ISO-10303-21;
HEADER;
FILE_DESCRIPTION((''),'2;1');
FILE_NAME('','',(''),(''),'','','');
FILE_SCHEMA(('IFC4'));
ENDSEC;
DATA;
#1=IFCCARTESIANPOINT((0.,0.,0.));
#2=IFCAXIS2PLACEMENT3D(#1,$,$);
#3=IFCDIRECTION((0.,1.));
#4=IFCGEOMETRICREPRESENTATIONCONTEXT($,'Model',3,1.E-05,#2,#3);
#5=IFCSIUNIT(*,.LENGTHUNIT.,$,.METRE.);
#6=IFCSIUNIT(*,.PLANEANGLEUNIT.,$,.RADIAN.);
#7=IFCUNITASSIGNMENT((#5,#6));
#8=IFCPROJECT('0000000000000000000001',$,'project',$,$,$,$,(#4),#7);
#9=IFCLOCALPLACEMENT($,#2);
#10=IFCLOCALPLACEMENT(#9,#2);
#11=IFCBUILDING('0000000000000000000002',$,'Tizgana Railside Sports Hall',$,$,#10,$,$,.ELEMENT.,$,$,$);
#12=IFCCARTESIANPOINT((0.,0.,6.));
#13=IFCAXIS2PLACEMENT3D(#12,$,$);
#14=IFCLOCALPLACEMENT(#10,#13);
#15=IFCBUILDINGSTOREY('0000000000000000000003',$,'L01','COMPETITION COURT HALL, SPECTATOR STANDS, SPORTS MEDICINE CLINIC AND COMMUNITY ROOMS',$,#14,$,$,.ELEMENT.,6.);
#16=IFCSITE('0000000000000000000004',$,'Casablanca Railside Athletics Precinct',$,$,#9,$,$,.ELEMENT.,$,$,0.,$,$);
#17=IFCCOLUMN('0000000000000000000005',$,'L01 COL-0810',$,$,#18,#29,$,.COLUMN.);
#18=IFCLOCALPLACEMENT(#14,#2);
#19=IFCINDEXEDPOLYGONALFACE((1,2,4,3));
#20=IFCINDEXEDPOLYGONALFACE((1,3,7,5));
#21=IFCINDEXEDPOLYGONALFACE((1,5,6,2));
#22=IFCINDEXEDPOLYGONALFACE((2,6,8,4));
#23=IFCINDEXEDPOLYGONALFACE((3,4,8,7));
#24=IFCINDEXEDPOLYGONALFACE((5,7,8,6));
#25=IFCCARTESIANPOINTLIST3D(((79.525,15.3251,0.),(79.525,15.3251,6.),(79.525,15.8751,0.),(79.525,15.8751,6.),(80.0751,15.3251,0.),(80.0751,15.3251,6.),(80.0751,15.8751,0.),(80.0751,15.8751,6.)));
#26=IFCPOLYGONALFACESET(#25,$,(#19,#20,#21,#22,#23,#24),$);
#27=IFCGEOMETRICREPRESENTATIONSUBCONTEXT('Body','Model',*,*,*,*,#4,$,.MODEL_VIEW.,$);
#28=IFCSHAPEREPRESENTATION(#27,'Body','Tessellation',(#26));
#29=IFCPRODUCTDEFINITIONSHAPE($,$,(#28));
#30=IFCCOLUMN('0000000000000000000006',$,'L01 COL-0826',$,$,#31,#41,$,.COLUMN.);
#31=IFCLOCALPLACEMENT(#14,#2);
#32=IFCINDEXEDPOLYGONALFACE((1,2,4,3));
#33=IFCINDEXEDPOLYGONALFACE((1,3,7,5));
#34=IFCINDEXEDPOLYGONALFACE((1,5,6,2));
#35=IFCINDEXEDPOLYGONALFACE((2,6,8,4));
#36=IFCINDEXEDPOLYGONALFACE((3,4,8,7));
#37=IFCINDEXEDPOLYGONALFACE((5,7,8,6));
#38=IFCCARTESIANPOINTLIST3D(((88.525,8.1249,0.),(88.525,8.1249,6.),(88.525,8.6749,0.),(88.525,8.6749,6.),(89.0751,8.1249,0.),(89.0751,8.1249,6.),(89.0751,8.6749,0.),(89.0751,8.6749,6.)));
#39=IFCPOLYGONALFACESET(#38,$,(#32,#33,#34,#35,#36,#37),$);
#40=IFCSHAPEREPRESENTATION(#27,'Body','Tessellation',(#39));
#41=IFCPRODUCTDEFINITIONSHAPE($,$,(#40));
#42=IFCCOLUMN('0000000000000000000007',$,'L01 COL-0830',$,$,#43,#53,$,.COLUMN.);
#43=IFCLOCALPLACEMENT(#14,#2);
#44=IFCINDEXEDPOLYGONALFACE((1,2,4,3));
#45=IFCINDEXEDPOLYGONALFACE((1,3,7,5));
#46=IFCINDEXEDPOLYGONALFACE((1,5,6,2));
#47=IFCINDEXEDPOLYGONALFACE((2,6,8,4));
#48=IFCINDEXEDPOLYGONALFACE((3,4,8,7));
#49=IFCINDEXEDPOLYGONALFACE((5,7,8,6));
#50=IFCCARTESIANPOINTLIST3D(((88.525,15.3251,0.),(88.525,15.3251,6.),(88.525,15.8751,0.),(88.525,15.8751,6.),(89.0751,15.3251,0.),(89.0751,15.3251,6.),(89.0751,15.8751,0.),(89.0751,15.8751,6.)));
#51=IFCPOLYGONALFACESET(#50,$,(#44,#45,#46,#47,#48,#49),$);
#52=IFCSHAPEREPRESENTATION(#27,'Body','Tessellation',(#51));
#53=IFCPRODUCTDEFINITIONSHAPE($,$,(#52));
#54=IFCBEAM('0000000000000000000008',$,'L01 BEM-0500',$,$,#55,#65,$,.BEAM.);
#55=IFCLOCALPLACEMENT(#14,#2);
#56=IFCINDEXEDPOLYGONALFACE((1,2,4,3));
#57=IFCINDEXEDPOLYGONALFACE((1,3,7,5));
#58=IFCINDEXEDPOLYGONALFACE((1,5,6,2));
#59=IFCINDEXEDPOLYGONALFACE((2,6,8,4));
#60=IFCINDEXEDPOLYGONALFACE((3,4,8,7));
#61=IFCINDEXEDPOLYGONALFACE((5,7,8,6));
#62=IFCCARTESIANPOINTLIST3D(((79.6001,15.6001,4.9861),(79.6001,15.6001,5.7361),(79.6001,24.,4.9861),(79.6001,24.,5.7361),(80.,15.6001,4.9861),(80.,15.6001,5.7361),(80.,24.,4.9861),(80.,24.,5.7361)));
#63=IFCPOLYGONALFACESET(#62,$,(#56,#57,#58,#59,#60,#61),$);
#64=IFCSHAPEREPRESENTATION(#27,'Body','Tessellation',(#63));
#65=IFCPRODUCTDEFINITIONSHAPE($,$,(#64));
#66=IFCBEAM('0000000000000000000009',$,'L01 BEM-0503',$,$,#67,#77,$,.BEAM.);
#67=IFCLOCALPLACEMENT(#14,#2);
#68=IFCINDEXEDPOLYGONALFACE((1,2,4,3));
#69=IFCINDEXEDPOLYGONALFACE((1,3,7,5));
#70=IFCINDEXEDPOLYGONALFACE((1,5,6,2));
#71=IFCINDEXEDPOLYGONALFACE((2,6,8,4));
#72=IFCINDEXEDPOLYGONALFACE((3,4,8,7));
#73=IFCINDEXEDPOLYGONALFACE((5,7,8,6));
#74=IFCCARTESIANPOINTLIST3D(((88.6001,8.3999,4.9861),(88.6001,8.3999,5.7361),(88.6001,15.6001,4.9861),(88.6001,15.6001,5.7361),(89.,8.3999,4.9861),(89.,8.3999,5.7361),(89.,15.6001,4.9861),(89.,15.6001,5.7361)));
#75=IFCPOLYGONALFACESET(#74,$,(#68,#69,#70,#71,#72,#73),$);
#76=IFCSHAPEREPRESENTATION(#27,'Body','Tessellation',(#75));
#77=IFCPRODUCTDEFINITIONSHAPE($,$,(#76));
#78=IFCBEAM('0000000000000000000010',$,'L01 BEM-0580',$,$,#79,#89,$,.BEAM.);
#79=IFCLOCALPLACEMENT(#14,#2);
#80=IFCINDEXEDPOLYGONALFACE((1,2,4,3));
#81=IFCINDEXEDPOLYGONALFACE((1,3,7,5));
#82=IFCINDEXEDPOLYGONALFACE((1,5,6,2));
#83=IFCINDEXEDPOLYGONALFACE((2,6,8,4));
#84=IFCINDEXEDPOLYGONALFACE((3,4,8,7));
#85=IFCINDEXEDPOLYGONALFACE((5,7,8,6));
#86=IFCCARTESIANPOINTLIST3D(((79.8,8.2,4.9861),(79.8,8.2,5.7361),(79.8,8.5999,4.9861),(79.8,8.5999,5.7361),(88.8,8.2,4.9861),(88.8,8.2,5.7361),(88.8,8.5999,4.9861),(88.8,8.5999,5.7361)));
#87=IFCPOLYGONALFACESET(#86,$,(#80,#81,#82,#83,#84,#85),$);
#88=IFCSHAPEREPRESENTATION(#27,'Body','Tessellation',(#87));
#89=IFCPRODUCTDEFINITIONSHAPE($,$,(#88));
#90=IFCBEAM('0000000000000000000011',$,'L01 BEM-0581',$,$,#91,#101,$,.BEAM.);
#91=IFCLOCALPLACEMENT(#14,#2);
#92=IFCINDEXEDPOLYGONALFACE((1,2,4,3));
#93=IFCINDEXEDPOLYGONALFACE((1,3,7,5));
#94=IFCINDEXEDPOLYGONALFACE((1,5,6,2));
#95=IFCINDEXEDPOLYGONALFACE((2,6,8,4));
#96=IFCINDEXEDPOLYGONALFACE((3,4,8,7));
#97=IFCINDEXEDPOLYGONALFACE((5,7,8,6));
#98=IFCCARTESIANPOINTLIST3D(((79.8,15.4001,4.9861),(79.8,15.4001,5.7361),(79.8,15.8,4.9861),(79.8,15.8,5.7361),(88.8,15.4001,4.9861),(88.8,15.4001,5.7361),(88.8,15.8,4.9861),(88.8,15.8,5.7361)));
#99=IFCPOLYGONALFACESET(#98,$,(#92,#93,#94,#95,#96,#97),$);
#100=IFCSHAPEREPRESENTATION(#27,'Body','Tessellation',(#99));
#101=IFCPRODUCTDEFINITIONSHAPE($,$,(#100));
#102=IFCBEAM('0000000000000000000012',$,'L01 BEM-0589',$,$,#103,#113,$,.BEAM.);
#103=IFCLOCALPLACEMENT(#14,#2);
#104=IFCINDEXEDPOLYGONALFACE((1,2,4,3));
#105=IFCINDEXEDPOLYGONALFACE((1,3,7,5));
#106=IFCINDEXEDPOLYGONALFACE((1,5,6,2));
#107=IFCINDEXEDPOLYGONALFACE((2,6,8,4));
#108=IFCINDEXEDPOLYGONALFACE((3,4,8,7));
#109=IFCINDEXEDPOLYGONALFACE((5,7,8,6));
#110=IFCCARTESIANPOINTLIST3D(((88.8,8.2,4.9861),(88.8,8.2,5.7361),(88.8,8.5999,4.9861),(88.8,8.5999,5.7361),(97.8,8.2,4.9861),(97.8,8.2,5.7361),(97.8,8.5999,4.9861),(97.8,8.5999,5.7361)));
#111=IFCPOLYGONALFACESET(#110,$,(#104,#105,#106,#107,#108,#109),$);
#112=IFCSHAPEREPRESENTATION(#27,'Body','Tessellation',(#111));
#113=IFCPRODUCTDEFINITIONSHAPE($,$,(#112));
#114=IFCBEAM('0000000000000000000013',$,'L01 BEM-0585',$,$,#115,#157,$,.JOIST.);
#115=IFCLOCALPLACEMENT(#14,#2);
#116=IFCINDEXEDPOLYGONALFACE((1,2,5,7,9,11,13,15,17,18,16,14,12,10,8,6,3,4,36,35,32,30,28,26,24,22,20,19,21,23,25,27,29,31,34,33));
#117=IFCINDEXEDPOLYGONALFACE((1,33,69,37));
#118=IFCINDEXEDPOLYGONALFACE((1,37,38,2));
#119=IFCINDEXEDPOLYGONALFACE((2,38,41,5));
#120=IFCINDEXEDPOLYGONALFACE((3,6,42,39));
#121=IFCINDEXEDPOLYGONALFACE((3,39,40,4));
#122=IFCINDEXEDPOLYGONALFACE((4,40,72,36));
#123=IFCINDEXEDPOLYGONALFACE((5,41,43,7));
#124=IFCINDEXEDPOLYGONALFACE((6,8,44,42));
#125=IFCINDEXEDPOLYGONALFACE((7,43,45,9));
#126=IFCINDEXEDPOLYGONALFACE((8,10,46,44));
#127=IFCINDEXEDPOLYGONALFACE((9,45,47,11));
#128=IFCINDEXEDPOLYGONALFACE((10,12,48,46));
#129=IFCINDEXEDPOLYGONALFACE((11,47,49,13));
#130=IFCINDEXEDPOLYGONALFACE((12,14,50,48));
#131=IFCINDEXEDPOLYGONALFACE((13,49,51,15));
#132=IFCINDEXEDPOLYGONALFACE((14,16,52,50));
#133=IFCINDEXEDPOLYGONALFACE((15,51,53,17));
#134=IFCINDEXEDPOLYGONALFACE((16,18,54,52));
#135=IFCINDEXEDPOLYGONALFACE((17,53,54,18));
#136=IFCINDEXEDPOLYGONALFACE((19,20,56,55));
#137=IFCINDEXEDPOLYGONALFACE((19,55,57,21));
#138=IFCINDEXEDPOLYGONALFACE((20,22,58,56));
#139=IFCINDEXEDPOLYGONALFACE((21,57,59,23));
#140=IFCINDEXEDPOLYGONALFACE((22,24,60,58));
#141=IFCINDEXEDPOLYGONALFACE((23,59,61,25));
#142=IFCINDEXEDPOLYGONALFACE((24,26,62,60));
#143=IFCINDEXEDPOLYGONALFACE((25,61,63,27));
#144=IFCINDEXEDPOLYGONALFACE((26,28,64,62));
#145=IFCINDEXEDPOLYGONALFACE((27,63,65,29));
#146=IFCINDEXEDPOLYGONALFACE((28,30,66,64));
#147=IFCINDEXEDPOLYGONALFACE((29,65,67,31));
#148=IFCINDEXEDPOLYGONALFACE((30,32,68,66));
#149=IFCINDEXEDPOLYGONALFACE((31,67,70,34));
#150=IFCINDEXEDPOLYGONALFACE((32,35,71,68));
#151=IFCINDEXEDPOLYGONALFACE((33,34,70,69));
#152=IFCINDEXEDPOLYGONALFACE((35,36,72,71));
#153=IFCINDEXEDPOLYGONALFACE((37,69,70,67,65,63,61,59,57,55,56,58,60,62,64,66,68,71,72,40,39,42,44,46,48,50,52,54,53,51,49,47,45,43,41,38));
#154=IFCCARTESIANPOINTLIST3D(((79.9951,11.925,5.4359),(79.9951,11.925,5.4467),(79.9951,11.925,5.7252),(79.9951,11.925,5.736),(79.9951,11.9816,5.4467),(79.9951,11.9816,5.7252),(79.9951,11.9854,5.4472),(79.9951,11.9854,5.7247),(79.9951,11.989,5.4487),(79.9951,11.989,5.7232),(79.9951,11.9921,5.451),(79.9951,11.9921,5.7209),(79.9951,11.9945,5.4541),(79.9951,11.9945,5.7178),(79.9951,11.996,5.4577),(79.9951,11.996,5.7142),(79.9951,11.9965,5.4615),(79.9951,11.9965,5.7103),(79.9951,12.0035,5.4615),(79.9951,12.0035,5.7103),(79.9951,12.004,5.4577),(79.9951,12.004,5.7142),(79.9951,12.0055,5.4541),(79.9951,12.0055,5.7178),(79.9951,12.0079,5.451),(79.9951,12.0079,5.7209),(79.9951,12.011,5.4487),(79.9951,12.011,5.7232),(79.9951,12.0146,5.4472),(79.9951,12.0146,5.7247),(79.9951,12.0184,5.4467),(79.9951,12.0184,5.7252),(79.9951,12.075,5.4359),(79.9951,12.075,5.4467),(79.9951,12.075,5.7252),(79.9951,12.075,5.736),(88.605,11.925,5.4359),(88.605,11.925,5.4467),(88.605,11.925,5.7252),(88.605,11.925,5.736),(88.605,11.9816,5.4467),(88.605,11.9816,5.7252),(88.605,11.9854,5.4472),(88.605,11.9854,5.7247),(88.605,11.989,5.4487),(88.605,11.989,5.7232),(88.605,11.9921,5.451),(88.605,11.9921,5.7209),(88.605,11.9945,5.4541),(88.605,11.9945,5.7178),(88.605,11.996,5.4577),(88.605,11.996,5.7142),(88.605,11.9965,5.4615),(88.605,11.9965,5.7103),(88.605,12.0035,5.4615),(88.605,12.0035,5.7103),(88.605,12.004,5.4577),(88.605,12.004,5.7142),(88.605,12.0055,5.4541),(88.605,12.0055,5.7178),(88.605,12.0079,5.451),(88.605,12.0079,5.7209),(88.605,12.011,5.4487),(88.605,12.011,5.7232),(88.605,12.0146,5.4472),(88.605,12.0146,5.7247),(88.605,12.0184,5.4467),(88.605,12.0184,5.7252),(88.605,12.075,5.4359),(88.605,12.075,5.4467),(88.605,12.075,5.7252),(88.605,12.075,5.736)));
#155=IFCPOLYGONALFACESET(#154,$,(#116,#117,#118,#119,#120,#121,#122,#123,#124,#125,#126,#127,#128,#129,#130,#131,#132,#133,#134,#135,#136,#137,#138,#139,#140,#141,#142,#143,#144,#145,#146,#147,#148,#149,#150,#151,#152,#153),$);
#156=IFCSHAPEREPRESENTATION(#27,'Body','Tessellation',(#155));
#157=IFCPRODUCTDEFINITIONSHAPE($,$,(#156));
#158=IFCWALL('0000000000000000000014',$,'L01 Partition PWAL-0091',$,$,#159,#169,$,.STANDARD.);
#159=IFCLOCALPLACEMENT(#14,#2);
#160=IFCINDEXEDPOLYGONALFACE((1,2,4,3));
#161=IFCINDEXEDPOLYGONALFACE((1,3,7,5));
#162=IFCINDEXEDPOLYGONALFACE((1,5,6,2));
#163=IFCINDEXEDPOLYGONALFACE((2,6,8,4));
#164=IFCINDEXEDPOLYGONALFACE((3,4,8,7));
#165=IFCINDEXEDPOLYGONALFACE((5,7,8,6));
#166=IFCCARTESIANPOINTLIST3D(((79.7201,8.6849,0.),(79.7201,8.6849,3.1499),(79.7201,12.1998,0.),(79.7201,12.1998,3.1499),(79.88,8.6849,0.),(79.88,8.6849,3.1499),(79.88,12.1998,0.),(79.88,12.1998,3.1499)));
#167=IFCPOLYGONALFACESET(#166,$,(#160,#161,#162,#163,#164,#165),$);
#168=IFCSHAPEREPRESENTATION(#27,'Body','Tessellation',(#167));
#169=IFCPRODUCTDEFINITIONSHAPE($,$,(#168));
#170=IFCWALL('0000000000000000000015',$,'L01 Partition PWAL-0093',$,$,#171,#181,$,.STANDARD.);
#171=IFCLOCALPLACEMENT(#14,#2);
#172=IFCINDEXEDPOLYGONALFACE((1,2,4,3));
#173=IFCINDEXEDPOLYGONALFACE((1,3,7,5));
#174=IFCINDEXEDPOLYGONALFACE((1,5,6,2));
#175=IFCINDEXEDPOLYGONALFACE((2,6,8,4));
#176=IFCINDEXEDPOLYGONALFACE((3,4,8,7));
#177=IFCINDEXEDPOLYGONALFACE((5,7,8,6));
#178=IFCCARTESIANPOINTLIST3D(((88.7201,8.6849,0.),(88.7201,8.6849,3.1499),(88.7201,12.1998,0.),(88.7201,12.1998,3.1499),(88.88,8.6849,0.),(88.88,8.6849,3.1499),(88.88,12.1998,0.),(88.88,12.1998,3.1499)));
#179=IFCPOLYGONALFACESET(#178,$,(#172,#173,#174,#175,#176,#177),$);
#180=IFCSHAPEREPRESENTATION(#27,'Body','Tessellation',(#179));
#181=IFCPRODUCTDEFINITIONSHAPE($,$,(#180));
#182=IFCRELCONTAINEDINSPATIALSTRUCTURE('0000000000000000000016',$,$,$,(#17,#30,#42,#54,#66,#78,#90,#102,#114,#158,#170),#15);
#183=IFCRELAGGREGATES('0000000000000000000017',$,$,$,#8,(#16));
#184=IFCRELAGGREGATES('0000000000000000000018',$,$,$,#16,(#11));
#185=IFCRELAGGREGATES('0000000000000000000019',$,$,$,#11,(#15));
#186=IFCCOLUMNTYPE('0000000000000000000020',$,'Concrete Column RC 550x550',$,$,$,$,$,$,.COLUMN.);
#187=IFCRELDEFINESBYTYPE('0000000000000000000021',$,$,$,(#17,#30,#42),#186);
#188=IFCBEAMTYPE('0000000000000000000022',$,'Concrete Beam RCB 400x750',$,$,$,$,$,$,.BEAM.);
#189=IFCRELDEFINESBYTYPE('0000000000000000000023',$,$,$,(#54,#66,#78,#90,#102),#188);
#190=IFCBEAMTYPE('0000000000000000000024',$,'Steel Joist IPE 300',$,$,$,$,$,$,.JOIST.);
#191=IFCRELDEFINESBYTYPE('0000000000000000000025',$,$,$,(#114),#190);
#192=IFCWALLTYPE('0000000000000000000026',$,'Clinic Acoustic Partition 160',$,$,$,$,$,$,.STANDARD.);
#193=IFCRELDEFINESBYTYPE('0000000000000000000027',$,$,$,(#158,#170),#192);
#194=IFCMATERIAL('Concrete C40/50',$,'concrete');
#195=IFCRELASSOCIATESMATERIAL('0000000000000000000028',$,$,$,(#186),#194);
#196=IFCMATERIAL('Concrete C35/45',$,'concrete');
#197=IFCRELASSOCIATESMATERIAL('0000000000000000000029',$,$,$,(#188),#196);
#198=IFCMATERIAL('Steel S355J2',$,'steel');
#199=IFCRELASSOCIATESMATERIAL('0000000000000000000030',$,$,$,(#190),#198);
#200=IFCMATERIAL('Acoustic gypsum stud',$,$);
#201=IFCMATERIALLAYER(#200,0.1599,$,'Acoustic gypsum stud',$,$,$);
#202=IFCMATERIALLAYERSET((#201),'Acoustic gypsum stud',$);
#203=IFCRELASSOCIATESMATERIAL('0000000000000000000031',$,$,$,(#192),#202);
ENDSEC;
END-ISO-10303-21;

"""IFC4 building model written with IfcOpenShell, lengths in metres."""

from ifc_helpers import new_model, si_unit, direction, frame, frame_2d, origin, origin_2d, place, context, subcontext, project, spatial, rectangle, i_section, extrude, material, layer, layer_set, material_profile, profile_set, type_object, element, save


model = new_model("IFC4")

# Units and contexts
model_context = context("Model", 3, precision=1e-05, world=origin(), true_north=direction((0.0, 1.0)))
body_context = subcontext(model_context, "Body", "Model", "MODEL_VIEW")
ifc_project = project(units=[si_unit("LENGTHUNIT", "METRE"), si_unit("PLANEANGLEUNIT", "RADIAN")], contexts=[model_context])

# Site, building, storey
site_placement = place(None, origin())
site = spatial("IfcSite", under=ifc_project, at=site_placement, Name="Casablanca Railside Athletics Precinct", CompositionType="ELEMENT", RefElevation=0.0)
building_placement = place(site_placement, origin())
building = spatial("IfcBuilding", under=site, at=building_placement, Name="Tizgana Railside Sports Hall", CompositionType="ELEMENT")
storey_placement = place(building_placement, frame((0.0, 0.0, 6.0)))
storey = spatial("IfcBuildingStorey", under=building, at=storey_placement, Name="L01", Description="COMPETITION COURT HALL, SPECTATOR STANDS, SPORTS MEDICINE CLINIC AND COMMUNITY ROOMS", CompositionType="ELEMENT", Elevation=6.0)

# Columns
ifc_material_1 = material(Name="Concrete C40/50", Category="concrete")
ifc_material_profile_1 = material_profile(ifc_material_1, rectangle(XDim=0.55, YDim=0.55, at=origin_2d()), Name="RC 550x550")
ifc_profile_set_1 = profile_set([ifc_material_profile_1], Name="Concrete C40/50")
column_type = type_object("IfcColumnType", Name="Concrete Column RC 550x550", PredefinedType="COLUMN", material=ifc_profile_set_1)
for number, where, z_axis, x_axis, name in (
    (1, (79.8, 15.6001, 0.0), (0.0, 0.0, 1.0), (1.0, 0.0, 0.0), "L01 COL-0810"),
    (2, (88.8, 8.3999, 0.0), (0.0, 0.0, 1.0), (1.0, 0.0, 0.0), "L01 COL-0826"),
    (3, (88.8, 15.6001, 0.0), (0.0, 0.0, 1.0), (1.0, 0.0, 0.0), "L01 COL-0830"),
):
    element("IfcColumn", number, at=place(storey_placement, frame(where, z_axis=z_axis, x_axis=x_axis)), inside=storey, type_object=column_type, Name=name, PredefinedType="COLUMN", context=body_context, shape_type="SweptSolid", body=[
        extrude(rectangle(XDim=0.55, YDim=0.55, at=origin_2d()), origin(), (0.0, 0.0, 1.0), 6.0),
    ])

# Beams
ifc_material_2 = material(Name="Concrete C35/45", Category="concrete")
ifc_material_profile_2 = material_profile(ifc_material_2, rectangle(XDim=0.3999, YDim=0.75, at=origin_2d()), Name="RCB 400x750")
ifc_profile_set_2 = profile_set([ifc_material_profile_2], Name="Concrete C35/45")
beam_type_1 = type_object("IfcBeamType", Name="Concrete Beam RCB 400x750", PredefinedType="BEAM", material=ifc_profile_set_2)
beam_1_placement = place(storey_placement, frame((79.8, 15.6001, 5.3611), z_axis=(0.0, 1.0, 0.0), x_axis=(-1.0, 0.0, 0.0)))
element("IfcBeam", 4, at=beam_1_placement, inside=storey, type_object=beam_type_1, Name="L01 BEM-0500", PredefinedType="BEAM", context=body_context, shape_type="SweptSolid", body=[
    extrude(rectangle(XDim=0.3999, YDim=0.75, at=origin_2d()), origin(), (0.0, 0.0, 1.0), 8.3999),
])
beam_2_placement = place(storey_placement, frame((88.8, 8.3999, 5.3611), z_axis=(0.0, 1.0, 0.0), x_axis=(-1.0, 0.0, 0.0)))
element("IfcBeam", 5, at=beam_2_placement, inside=storey, type_object=beam_type_1, Name="L01 BEM-0503", PredefinedType="BEAM", context=body_context, shape_type="SweptSolid", body=[
    extrude(rectangle(XDim=0.3999, YDim=0.75, at=origin_2d()), origin(), (0.0, 0.0, 1.0), 7.2002),
])
for number, where, z_axis, x_axis, name in (
    (6, (79.8, 8.3999, 5.3611), (1.0, 0.0, 0.0), (0.0, 1.0, 0.0), "L01 BEM-0580"),
    (7, (79.8, 15.6001, 5.3611), (1.0, 0.0, 0.0), (0.0, 1.0, 0.0), "L01 BEM-0581"),
    (8, (88.8, 8.3999, 5.3611), (1.0, 0.0, 0.0), (0.0, 1.0, 0.0), "L01 BEM-0589"),
):
    element("IfcBeam", number, at=place(storey_placement, frame(where, z_axis=z_axis, x_axis=x_axis)), inside=storey, type_object=beam_type_1, Name=name, PredefinedType="BEAM", context=body_context, shape_type="SweptSolid", body=[
        extrude(rectangle(XDim=0.3999, YDim=0.75, at=origin_2d()), origin(), (0.0, 0.0, 1.0), 9.0),
    ])
ifc_material_3 = material(Name="Steel S355J2", Category="steel")
ifc_material_profile_3 = material_profile(ifc_material_3, i_section(OverallWidth=0.1499, OverallDepth=0.3, WebThickness=0.0071, FlangeThickness=0.0107, FilletRadius=0.0149, at=origin_2d()), Name="IPE 300")
ifc_profile_set_3 = profile_set([ifc_material_profile_3], Name="Steel S355J2")
beam_type_2 = type_object("IfcBeamType", Name="Steel Joist IPE 300", PredefinedType="JOIST", material=ifc_profile_set_3)
beam_3_placement = place(storey_placement, frame((79.9951, 12.0, 5.5859), z_axis=(1.0, 0.0, 0.0), x_axis=(0.0, 1.0, 0.0)))
element("IfcBeam", 9, at=beam_3_placement, inside=storey, type_object=beam_type_2, Name="L01 BEM-0585", PredefinedType="JOIST", context=body_context, shape_type="SweptSolid", body=[
    extrude(i_section(OverallWidth=0.1499, OverallDepth=0.3, WebThickness=0.0071, FlangeThickness=0.0107, FilletRadius=0.0149, at=origin_2d()), origin(), (0.0, 0.0, 1.0), 8.6099),
])

# Walls
ifc_material_4 = material(Name="Acoustic gypsum stud")
ifc_layer_1 = layer(ifc_material_4, 0.1599, Name="Acoustic gypsum stud")
ifc_layer_set_1 = layer_set([ifc_layer_1], Name="Acoustic gypsum stud")
wall_type_1 = type_object("IfcWallType", Name="Clinic Acoustic Partition 160", PredefinedType="STANDARD", material=ifc_layer_set_1)
for number, where, z_axis, x_axis, name in (
    (10, (79.8, 8.6851, 0.0), (0.0, 0.0, 1.0), (0.0, 1.0, 0.0), "L01 Partition PWAL-0091"),
    (11, (88.8, 8.6851, 0.0), (0.0, 0.0, 1.0), (0.0, 1.0, 0.0), "L01 Partition PWAL-0093"),
):
    element("IfcWall", number, at=place(storey_placement, frame(where, z_axis=z_axis, x_axis=x_axis)), inside=storey, type_object=wall_type_1, Name=name, PredefinedType="STANDARD", context=body_context, shape_type="SweptSolid", body=[
        extrude(rectangle(XDim=3.5149, YDim=0.1599, at=frame_2d((1.7573, 0.0))), origin(), (0.0, 0.0, 1.0), 3.1499),
    ])

save(model, "model.ifc")
